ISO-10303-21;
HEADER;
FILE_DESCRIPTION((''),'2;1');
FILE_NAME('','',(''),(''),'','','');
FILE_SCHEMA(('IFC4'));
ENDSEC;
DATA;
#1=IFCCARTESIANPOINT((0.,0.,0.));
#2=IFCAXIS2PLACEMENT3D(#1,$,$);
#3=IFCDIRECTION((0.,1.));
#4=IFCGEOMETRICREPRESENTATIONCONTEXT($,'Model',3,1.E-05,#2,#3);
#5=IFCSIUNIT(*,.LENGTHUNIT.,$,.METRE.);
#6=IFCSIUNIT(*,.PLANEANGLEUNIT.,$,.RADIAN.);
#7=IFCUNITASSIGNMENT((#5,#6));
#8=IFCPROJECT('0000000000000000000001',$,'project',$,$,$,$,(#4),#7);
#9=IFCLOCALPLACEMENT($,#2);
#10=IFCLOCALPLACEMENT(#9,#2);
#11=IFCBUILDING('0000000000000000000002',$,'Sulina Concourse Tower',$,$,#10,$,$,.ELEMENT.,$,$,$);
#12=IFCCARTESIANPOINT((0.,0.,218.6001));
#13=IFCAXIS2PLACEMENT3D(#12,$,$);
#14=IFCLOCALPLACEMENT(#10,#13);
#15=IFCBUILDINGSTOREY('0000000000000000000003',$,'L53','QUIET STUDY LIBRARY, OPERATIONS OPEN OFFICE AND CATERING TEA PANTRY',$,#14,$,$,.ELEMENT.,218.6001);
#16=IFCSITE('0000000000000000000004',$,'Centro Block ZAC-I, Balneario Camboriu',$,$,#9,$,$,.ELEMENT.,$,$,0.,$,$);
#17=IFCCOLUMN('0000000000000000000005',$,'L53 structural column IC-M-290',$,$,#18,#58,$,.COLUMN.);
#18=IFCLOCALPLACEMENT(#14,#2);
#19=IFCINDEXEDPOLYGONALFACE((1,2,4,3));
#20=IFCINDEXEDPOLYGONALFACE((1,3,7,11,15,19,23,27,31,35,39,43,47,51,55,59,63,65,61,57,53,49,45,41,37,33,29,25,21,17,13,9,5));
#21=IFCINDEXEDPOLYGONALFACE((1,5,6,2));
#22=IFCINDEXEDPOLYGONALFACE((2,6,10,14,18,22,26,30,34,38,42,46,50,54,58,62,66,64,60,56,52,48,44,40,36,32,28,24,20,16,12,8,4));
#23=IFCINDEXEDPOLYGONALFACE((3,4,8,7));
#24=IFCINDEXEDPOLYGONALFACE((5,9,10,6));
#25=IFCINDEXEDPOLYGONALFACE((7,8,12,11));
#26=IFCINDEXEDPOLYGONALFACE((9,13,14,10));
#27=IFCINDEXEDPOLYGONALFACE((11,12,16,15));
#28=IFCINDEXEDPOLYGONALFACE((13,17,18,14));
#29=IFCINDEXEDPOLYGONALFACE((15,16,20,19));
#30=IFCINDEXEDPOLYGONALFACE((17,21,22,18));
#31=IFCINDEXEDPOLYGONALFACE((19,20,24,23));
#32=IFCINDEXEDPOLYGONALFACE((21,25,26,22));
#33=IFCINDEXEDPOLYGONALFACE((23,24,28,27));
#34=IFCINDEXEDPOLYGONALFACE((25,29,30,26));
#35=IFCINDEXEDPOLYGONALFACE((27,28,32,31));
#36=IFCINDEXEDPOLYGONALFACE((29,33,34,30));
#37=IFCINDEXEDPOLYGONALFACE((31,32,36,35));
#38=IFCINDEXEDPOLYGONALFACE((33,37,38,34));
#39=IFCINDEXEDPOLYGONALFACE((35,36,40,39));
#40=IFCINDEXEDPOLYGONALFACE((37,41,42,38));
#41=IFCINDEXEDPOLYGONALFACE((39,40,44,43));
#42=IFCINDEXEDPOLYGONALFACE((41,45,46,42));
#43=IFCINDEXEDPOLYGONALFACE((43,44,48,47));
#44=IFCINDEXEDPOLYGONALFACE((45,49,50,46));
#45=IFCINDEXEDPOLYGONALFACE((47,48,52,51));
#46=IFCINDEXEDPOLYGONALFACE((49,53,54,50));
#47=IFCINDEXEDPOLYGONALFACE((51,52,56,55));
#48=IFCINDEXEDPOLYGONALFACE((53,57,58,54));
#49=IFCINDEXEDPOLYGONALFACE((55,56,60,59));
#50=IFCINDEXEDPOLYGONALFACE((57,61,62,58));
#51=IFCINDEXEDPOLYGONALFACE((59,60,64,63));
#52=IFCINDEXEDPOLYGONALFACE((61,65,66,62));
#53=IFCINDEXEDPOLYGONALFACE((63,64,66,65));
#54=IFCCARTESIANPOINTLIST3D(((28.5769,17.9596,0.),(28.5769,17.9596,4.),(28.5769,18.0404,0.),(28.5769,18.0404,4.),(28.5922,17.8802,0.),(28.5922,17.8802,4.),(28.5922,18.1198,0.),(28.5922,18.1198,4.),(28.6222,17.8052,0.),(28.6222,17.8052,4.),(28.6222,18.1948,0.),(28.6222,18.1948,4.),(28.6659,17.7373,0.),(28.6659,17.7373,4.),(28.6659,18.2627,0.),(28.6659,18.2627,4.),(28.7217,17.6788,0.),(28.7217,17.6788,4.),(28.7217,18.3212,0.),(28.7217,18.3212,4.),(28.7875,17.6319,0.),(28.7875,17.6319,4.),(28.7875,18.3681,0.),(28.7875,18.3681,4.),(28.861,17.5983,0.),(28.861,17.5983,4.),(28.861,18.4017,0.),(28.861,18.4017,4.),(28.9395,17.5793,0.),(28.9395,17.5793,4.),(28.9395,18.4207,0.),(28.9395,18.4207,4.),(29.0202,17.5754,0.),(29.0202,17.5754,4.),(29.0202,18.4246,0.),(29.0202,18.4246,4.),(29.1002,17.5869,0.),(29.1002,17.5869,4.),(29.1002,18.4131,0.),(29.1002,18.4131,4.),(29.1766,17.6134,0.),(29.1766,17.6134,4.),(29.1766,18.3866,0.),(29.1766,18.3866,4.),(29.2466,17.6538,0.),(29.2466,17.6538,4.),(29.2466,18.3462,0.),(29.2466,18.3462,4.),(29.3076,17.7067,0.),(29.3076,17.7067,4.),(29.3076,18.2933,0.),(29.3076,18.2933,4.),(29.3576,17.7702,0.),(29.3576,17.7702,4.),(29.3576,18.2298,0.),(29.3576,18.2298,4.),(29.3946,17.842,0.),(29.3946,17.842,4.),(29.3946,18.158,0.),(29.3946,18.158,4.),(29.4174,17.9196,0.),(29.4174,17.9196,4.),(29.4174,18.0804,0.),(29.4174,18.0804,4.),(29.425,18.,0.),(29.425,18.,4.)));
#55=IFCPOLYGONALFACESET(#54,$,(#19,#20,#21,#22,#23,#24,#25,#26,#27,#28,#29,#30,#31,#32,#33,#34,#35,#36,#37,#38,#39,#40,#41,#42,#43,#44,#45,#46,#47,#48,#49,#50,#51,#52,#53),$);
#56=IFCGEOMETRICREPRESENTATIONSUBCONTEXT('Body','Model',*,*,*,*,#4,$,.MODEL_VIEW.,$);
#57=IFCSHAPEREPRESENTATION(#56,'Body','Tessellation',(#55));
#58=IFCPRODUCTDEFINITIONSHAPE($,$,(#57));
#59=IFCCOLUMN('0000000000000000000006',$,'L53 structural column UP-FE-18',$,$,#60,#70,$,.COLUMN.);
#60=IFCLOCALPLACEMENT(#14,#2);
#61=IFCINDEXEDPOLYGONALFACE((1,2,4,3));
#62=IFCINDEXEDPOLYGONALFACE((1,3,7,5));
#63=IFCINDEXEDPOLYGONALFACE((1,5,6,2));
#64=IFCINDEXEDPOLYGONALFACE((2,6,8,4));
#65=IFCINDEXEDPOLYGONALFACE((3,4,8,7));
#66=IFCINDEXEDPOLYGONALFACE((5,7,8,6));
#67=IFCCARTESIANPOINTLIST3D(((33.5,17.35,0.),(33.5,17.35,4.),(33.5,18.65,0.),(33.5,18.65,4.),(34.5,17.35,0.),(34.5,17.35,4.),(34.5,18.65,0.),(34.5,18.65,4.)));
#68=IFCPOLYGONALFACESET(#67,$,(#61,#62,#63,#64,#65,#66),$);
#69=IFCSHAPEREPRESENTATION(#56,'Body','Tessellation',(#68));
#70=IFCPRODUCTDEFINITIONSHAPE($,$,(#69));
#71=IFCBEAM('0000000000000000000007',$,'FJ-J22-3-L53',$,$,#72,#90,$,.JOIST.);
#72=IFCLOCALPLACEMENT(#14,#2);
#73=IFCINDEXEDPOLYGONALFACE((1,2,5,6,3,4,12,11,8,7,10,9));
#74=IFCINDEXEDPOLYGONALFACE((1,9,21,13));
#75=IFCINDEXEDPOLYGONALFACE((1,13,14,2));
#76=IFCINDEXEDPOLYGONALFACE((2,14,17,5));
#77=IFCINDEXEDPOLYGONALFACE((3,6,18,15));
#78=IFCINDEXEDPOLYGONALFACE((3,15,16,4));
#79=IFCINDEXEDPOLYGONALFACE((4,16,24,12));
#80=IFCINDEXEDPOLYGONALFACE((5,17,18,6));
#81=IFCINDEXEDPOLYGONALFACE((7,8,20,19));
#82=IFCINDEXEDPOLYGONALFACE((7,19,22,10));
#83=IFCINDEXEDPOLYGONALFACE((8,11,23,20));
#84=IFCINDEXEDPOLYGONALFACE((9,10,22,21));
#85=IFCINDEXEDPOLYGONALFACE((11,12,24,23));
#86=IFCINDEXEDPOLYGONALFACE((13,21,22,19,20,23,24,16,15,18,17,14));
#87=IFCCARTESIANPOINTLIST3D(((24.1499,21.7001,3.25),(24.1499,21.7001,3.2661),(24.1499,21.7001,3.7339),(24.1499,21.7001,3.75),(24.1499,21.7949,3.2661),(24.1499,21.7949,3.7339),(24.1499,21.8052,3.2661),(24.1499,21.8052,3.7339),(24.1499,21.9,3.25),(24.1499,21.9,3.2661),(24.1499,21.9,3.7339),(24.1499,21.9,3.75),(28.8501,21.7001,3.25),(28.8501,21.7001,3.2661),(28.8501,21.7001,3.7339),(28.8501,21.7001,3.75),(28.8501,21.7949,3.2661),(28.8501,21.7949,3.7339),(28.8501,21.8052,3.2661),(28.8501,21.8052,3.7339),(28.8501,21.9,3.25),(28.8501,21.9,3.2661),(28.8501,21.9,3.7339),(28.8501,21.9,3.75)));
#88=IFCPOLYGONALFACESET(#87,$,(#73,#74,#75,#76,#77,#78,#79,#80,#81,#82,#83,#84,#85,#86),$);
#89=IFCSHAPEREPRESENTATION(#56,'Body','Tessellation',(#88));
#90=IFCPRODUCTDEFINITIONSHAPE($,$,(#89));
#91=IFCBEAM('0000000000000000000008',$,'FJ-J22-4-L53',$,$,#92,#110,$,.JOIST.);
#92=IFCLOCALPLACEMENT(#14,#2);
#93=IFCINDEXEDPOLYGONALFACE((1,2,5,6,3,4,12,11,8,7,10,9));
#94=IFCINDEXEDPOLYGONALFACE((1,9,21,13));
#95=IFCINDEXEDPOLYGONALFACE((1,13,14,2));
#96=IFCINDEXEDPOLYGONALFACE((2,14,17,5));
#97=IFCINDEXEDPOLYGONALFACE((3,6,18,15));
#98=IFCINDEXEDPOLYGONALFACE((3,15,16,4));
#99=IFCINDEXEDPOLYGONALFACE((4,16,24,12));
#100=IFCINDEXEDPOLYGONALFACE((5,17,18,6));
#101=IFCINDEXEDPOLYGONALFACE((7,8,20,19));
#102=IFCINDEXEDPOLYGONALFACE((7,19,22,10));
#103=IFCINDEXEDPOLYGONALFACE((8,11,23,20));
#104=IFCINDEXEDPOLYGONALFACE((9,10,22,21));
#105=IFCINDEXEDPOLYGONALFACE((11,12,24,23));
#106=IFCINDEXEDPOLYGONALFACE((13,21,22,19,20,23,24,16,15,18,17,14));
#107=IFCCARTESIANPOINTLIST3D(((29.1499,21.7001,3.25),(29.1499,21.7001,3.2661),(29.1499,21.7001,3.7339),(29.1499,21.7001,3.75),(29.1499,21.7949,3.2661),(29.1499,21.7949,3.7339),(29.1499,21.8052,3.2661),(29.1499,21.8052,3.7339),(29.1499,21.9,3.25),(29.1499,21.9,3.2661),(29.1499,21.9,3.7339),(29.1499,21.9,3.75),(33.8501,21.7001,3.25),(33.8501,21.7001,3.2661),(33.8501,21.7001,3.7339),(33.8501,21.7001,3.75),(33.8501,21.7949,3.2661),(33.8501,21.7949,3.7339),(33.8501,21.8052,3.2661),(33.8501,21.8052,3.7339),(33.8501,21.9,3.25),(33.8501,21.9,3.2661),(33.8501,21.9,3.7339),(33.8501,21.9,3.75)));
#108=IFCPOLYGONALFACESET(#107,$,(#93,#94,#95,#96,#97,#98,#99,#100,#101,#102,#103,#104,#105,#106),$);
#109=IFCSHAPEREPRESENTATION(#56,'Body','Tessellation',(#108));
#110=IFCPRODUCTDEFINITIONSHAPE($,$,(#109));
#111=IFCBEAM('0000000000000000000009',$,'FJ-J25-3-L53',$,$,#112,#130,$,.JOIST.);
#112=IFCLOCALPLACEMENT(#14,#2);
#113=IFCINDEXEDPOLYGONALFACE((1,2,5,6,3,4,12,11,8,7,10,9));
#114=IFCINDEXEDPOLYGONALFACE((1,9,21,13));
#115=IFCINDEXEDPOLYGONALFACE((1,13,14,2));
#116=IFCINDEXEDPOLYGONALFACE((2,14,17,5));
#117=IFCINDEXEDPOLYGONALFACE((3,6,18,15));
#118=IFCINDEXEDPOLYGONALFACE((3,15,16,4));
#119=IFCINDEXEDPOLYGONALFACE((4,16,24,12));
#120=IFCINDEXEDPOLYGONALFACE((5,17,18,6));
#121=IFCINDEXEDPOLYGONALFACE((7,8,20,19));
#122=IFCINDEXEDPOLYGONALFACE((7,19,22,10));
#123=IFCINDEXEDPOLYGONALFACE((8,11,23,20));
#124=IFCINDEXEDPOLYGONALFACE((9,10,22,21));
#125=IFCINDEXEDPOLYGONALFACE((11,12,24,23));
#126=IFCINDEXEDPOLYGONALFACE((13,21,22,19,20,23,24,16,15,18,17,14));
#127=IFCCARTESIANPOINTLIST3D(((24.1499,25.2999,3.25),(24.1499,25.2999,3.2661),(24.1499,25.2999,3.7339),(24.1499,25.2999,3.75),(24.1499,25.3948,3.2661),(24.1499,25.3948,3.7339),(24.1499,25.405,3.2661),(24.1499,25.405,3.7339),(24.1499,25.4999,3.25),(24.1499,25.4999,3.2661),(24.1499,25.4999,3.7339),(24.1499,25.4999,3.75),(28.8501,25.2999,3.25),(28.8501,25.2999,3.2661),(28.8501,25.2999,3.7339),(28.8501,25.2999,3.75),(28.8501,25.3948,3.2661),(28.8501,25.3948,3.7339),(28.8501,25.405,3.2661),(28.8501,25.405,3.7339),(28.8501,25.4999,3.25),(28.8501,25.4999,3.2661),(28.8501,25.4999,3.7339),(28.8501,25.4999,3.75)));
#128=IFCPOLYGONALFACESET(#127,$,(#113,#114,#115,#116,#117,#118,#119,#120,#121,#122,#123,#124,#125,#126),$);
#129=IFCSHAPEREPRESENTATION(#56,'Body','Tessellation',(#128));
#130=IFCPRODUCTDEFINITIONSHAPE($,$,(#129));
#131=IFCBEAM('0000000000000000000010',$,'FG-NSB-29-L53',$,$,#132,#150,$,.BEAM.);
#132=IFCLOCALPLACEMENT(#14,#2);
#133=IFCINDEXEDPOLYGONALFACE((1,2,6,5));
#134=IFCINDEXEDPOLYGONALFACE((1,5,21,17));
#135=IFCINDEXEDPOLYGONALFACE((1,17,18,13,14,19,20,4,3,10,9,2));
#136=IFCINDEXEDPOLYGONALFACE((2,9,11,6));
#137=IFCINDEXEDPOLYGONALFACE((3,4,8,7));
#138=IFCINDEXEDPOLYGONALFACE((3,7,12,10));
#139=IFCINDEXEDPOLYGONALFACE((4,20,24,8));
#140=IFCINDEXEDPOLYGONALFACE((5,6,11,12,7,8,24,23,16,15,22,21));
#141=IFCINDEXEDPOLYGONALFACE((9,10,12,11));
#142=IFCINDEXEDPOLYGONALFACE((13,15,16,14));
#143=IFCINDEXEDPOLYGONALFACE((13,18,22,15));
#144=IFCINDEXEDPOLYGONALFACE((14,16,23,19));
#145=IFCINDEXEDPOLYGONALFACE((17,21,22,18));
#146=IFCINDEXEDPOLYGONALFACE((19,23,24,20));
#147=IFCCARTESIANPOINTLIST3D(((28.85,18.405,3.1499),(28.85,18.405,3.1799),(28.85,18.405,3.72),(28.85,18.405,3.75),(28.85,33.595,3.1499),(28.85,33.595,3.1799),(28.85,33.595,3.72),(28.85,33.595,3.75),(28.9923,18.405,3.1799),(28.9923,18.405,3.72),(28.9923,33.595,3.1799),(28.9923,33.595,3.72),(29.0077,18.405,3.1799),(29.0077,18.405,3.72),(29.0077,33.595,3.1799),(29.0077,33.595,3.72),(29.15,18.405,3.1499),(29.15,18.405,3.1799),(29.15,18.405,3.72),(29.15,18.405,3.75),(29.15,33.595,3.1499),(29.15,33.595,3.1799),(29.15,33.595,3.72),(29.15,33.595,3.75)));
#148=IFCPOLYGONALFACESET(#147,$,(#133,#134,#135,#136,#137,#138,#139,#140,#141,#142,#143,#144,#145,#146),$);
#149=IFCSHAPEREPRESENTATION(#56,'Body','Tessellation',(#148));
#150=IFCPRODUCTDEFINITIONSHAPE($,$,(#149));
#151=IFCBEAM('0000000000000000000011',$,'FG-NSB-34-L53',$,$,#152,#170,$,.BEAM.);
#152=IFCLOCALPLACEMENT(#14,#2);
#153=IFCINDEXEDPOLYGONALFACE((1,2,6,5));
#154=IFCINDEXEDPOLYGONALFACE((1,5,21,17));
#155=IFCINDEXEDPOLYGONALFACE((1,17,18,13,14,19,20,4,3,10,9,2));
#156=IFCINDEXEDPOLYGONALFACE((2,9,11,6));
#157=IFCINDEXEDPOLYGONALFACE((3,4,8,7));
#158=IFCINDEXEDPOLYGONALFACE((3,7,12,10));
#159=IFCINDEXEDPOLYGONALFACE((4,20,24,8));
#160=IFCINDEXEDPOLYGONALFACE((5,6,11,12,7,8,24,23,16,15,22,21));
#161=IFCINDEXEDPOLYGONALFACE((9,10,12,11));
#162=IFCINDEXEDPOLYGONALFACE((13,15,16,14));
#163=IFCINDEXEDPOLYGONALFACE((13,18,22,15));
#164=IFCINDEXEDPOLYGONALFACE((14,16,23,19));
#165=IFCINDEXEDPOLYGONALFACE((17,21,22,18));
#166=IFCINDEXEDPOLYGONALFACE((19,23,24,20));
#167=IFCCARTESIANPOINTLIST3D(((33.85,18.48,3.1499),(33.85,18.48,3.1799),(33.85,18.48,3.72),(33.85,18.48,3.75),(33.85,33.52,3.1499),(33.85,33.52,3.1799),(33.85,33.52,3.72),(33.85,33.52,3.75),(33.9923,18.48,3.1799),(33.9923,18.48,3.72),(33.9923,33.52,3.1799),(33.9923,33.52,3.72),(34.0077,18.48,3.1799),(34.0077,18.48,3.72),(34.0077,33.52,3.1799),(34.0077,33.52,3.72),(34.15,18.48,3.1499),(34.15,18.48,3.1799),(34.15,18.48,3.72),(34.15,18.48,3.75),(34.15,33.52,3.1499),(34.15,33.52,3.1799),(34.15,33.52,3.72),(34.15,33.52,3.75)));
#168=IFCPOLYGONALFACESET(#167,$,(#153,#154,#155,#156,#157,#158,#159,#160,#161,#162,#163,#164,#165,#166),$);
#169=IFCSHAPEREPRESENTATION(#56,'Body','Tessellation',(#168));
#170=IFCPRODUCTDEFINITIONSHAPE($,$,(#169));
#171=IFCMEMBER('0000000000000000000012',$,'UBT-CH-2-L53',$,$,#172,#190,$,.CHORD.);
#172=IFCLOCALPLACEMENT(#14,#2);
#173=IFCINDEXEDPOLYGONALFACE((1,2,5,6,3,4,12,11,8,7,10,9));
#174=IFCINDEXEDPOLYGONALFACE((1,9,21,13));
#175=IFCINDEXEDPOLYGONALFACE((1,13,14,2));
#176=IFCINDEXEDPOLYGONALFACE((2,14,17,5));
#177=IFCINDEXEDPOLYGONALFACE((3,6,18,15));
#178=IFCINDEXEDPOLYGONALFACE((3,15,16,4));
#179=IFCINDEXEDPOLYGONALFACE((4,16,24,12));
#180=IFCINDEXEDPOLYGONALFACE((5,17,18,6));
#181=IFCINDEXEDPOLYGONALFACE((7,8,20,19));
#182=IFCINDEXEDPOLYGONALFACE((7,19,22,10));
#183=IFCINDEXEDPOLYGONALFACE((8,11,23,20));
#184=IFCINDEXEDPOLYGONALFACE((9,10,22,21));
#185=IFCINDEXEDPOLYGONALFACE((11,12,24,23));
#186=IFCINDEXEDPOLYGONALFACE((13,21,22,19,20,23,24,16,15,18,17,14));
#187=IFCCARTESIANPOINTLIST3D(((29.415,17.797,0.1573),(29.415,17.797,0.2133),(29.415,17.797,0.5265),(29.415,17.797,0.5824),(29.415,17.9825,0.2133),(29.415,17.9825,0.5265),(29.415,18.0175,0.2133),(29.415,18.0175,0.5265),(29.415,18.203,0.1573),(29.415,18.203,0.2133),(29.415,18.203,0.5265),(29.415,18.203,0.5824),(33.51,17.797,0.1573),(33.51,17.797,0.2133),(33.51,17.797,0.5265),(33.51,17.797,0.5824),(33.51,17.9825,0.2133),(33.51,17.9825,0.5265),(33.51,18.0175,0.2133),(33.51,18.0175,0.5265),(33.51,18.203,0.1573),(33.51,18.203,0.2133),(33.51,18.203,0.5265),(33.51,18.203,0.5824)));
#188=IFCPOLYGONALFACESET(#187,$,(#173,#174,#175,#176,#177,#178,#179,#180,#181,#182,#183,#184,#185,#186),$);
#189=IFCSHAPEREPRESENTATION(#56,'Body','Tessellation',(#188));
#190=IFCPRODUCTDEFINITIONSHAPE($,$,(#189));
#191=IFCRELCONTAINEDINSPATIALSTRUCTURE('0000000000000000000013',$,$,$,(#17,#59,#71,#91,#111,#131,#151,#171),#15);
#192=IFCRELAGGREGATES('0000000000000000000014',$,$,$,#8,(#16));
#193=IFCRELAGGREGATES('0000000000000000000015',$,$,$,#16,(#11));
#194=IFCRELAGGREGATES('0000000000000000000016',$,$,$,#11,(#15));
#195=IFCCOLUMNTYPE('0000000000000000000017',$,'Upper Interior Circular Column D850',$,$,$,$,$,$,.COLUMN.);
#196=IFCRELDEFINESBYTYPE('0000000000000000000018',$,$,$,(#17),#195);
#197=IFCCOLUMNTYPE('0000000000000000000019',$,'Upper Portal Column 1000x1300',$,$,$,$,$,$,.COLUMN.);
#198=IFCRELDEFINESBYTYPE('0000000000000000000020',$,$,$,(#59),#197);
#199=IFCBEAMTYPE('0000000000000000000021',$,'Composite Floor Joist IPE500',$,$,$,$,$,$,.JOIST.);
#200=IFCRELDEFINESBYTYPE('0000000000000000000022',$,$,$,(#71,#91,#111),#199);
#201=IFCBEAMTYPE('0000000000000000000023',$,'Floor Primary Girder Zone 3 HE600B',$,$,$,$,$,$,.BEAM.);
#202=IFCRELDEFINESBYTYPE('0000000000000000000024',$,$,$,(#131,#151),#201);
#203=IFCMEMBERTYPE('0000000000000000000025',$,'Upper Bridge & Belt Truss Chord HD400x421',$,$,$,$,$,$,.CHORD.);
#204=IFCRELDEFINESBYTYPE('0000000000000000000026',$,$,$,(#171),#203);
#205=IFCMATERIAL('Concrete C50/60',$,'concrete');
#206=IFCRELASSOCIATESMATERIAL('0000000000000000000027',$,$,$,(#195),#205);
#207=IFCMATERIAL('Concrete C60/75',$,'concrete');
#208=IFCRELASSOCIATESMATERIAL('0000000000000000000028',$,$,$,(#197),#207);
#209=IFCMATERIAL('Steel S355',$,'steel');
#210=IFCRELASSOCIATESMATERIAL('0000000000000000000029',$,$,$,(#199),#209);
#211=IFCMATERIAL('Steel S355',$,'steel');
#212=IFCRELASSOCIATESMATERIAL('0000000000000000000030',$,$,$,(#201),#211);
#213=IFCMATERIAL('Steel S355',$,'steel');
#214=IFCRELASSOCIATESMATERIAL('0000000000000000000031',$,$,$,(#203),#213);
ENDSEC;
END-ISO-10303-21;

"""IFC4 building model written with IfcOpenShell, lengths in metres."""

from ifc_helpers import new_model, si_unit, direction, frame, origin, origin_2d, place, context, subcontext, project, spatial, rectangle, circle, i_section, extrude, material, material_profile, profile_set, type_object, element, save


model = new_model("IFC4")

# Units and contexts
model_context = context("Model", 3, precision=1e-05, world=origin(), true_north=direction((0.0, 1.0)))
body_context = subcontext(model_context, "Body", "Model", "MODEL_VIEW")
ifc_project = project(units=[si_unit("LENGTHUNIT", "METRE"), si_unit("PLANEANGLEUNIT", "RADIAN")], contexts=[model_context])

# Site, building, storey
site_placement = place(None, origin())
site = spatial("IfcSite", under=ifc_project, at=site_placement, Name="Centro Block ZAC-I, Balneario Camboriu", CompositionType="ELEMENT", RefElevation=0.0)
building_placement = place(site_placement, origin())
building = spatial("IfcBuilding", under=site, at=building_placement, Name="Sulina Concourse Tower", CompositionType="ELEMENT")
storey_placement = place(building_placement, frame((0.0, 0.0, 218.6001)))
storey = spatial("IfcBuildingStorey", under=building, at=storey_placement, Name="L53", Description="QUIET STUDY LIBRARY, OPERATIONS OPEN OFFICE AND CATERING TEA PANTRY", CompositionType="ELEMENT", Elevation=218.6001)

# Columns
ifc_material_1 = material(Name="Concrete C50/60", Category="concrete")
ifc_material_profile_1 = material_profile(ifc_material_1, circle(Radius=0.425, at=origin_2d()), Name="RC D850")
ifc_profile_set_1 = profile_set([ifc_material_profile_1], Name="Concrete C50/60")
column_type_1 = type_object("IfcColumnType", Name="Upper Interior Circular Column D850", PredefinedType="COLUMN", material=ifc_profile_set_1)
column_1_placement = place(storey_placement, frame((29.0, 18.0, 0.0), z_axis=(0.0, 0.0, 1.0), x_axis=(1.0, 0.0, 0.0)))
element("IfcColumn", 1, at=column_1_placement, inside=storey, type_object=column_type_1, Name="L53 structural column IC-M-290", PredefinedType="COLUMN", context=body_context, shape_type="SweptSolid", body=[
    extrude(circle(Radius=0.425, at=origin_2d()), origin(), (0.0, 0.0, 1.0), 4.0),
])
ifc_material_2 = material(Name="Concrete C60/75", Category="concrete")
ifc_material_profile_2 = material_profile(ifc_material_2, rectangle(XDim=1.0, YDim=1.3, at=origin_2d()), Name="RC 1000x1300")
ifc_profile_set_2 = profile_set([ifc_material_profile_2], Name="Concrete C60/75")
column_type_2 = type_object("IfcColumnType", Name="Upper Portal Column 1000x1300", PredefinedType="COLUMN", material=ifc_profile_set_2)
column_2_placement = place(storey_placement, frame((34.0, 18.0, 0.0), z_axis=(0.0, 0.0, 1.0), x_axis=(1.0, 0.0, 0.0)))
element("IfcColumn", 2, at=column_2_placement, inside=storey, type_object=column_type_2, Name="L53 structural column UP-FE-18", PredefinedType="COLUMN", context=body_context, shape_type="SweptSolid", body=[
    extrude(rectangle(XDim=1.0, YDim=1.3, at=origin_2d()), origin(), (0.0, 0.0, 1.0), 4.0),
])

# Beams
ifc_material_3 = material(Name="Steel S355", Category="steel")
ifc_material_profile_3 = material_profile(ifc_material_3, i_section(OverallWidth=0.2, OverallDepth=0.5, WebThickness=0.0103, FlangeThickness=0.0161, at=origin_2d()), Name="IPE 500")
ifc_profile_set_3 = profile_set([ifc_material_profile_3], Name="Steel S355")
beam_type_1 = type_object("IfcBeamType", Name="Composite Floor Joist IPE500", PredefinedType="JOIST", material=ifc_profile_set_3)
for number, where, z_axis, x_axis, name in (
    (3, (24.1499, 21.8, 3.5), (1.0, 0.0, 0.0), (0.0, 1.0, 0.0), "FJ-J22-3-L53"),
    (4, (29.1499, 21.8, 3.5), (1.0, 0.0, 0.0), (0.0, 1.0, 0.0), "FJ-J22-4-L53"),
    (5, (24.1499, 25.3999, 3.5), (1.0, 0.0, 0.0), (0.0, 1.0, 0.0), "FJ-J25-3-L53"),
):
    element("IfcBeam", number, at=place(storey_placement, frame(where, z_axis=z_axis, x_axis=x_axis)), inside=storey, type_object=beam_type_1, Name=name, PredefinedType="JOIST", context=body_context, shape_type="SweptSolid", body=[
        extrude(i_section(OverallWidth=0.2, OverallDepth=0.5, WebThickness=0.0103, FlangeThickness=0.0161, at=origin_2d()), origin(), (0.0, 0.0, 1.0), 4.7002),
    ])
ifc_material_4 = material(Name="Steel S355", Category="steel")
ifc_material_profile_4 = material_profile(ifc_material_4, i_section(OverallWidth=0.3, OverallDepth=0.6001, WebThickness=0.0154, FlangeThickness=0.03, at=origin_2d()), Name="HE 600 B")
ifc_profile_set_4 = profile_set([ifc_material_profile_4], Name="Steel S355")
beam_type_2 = type_object("IfcBeamType", Name="Floor Primary Girder Zone 3 HE600B", PredefinedType="BEAM", material=ifc_profile_set_4)
beam_1_placement = place(storey_placement, frame((29.0, 18.405, 3.45), z_axis=(0.0, 1.0, 0.0), x_axis=(-1.0, 0.0, 0.0)))
element("IfcBeam", 6, at=beam_1_placement, inside=storey, type_object=beam_type_2, Name="FG-NSB-29-L53", PredefinedType="BEAM", context=body_context, shape_type="SweptSolid", body=[
    extrude(i_section(OverallWidth=0.3, OverallDepth=0.6001, WebThickness=0.0154, FlangeThickness=0.03, at=origin_2d()), origin(), (0.0, 0.0, 1.0), 15.1899),
])
beam_2_placement = place(storey_placement, frame((34.0, 18.48, 3.45), z_axis=(0.0, 1.0, 0.0), x_axis=(-1.0, 0.0, 0.0)))
element("IfcBeam", 7, at=beam_2_placement, inside=storey, type_object=beam_type_2, Name="FG-NSB-34-L53", PredefinedType="BEAM", context=body_context, shape_type="SweptSolid", body=[
    extrude(i_section(OverallWidth=0.3, OverallDepth=0.6001, WebThickness=0.0154, FlangeThickness=0.03, at=origin_2d()), origin(), (0.0, 0.0, 1.0), 15.04),
])

# Member
ifc_material_5 = material(Name="Steel S355", Category="steel")
ifc_material_profile_5 = material_profile(ifc_material_5, i_section(OverallWidth=0.406, OverallDepth=0.425, WebThickness=0.0349, FlangeThickness=0.0559, at=origin_2d()), Name="HD 400x421")
ifc_profile_set_5 = profile_set([ifc_material_profile_5], Name="Steel S355")
member_type_1 = type_object("IfcMemberType", Name="Upper Bridge & Belt Truss Chord HD400x421", PredefinedType="CHORD", material=ifc_profile_set_5)
member_1_placement = place(storey_placement, frame((29.415, 18.0, 0.3699), z_axis=(1.0, 0.0, 0.0), x_axis=(0.0, 1.0, 0.0)))
element("IfcMember", 8, at=member_1_placement, inside=storey, type_object=member_type_1, Name="UBT-CH-2-L53", PredefinedType="CHORD", context=body_context, shape_type="SweptSolid", body=[
    extrude(i_section(OverallWidth=0.406, OverallDepth=0.425, WebThickness=0.0349, FlangeThickness=0.0559, at=origin_2d()), origin(), (0.0, 0.0, 1.0), 4.095),
])

save(model, "model.ifc")
